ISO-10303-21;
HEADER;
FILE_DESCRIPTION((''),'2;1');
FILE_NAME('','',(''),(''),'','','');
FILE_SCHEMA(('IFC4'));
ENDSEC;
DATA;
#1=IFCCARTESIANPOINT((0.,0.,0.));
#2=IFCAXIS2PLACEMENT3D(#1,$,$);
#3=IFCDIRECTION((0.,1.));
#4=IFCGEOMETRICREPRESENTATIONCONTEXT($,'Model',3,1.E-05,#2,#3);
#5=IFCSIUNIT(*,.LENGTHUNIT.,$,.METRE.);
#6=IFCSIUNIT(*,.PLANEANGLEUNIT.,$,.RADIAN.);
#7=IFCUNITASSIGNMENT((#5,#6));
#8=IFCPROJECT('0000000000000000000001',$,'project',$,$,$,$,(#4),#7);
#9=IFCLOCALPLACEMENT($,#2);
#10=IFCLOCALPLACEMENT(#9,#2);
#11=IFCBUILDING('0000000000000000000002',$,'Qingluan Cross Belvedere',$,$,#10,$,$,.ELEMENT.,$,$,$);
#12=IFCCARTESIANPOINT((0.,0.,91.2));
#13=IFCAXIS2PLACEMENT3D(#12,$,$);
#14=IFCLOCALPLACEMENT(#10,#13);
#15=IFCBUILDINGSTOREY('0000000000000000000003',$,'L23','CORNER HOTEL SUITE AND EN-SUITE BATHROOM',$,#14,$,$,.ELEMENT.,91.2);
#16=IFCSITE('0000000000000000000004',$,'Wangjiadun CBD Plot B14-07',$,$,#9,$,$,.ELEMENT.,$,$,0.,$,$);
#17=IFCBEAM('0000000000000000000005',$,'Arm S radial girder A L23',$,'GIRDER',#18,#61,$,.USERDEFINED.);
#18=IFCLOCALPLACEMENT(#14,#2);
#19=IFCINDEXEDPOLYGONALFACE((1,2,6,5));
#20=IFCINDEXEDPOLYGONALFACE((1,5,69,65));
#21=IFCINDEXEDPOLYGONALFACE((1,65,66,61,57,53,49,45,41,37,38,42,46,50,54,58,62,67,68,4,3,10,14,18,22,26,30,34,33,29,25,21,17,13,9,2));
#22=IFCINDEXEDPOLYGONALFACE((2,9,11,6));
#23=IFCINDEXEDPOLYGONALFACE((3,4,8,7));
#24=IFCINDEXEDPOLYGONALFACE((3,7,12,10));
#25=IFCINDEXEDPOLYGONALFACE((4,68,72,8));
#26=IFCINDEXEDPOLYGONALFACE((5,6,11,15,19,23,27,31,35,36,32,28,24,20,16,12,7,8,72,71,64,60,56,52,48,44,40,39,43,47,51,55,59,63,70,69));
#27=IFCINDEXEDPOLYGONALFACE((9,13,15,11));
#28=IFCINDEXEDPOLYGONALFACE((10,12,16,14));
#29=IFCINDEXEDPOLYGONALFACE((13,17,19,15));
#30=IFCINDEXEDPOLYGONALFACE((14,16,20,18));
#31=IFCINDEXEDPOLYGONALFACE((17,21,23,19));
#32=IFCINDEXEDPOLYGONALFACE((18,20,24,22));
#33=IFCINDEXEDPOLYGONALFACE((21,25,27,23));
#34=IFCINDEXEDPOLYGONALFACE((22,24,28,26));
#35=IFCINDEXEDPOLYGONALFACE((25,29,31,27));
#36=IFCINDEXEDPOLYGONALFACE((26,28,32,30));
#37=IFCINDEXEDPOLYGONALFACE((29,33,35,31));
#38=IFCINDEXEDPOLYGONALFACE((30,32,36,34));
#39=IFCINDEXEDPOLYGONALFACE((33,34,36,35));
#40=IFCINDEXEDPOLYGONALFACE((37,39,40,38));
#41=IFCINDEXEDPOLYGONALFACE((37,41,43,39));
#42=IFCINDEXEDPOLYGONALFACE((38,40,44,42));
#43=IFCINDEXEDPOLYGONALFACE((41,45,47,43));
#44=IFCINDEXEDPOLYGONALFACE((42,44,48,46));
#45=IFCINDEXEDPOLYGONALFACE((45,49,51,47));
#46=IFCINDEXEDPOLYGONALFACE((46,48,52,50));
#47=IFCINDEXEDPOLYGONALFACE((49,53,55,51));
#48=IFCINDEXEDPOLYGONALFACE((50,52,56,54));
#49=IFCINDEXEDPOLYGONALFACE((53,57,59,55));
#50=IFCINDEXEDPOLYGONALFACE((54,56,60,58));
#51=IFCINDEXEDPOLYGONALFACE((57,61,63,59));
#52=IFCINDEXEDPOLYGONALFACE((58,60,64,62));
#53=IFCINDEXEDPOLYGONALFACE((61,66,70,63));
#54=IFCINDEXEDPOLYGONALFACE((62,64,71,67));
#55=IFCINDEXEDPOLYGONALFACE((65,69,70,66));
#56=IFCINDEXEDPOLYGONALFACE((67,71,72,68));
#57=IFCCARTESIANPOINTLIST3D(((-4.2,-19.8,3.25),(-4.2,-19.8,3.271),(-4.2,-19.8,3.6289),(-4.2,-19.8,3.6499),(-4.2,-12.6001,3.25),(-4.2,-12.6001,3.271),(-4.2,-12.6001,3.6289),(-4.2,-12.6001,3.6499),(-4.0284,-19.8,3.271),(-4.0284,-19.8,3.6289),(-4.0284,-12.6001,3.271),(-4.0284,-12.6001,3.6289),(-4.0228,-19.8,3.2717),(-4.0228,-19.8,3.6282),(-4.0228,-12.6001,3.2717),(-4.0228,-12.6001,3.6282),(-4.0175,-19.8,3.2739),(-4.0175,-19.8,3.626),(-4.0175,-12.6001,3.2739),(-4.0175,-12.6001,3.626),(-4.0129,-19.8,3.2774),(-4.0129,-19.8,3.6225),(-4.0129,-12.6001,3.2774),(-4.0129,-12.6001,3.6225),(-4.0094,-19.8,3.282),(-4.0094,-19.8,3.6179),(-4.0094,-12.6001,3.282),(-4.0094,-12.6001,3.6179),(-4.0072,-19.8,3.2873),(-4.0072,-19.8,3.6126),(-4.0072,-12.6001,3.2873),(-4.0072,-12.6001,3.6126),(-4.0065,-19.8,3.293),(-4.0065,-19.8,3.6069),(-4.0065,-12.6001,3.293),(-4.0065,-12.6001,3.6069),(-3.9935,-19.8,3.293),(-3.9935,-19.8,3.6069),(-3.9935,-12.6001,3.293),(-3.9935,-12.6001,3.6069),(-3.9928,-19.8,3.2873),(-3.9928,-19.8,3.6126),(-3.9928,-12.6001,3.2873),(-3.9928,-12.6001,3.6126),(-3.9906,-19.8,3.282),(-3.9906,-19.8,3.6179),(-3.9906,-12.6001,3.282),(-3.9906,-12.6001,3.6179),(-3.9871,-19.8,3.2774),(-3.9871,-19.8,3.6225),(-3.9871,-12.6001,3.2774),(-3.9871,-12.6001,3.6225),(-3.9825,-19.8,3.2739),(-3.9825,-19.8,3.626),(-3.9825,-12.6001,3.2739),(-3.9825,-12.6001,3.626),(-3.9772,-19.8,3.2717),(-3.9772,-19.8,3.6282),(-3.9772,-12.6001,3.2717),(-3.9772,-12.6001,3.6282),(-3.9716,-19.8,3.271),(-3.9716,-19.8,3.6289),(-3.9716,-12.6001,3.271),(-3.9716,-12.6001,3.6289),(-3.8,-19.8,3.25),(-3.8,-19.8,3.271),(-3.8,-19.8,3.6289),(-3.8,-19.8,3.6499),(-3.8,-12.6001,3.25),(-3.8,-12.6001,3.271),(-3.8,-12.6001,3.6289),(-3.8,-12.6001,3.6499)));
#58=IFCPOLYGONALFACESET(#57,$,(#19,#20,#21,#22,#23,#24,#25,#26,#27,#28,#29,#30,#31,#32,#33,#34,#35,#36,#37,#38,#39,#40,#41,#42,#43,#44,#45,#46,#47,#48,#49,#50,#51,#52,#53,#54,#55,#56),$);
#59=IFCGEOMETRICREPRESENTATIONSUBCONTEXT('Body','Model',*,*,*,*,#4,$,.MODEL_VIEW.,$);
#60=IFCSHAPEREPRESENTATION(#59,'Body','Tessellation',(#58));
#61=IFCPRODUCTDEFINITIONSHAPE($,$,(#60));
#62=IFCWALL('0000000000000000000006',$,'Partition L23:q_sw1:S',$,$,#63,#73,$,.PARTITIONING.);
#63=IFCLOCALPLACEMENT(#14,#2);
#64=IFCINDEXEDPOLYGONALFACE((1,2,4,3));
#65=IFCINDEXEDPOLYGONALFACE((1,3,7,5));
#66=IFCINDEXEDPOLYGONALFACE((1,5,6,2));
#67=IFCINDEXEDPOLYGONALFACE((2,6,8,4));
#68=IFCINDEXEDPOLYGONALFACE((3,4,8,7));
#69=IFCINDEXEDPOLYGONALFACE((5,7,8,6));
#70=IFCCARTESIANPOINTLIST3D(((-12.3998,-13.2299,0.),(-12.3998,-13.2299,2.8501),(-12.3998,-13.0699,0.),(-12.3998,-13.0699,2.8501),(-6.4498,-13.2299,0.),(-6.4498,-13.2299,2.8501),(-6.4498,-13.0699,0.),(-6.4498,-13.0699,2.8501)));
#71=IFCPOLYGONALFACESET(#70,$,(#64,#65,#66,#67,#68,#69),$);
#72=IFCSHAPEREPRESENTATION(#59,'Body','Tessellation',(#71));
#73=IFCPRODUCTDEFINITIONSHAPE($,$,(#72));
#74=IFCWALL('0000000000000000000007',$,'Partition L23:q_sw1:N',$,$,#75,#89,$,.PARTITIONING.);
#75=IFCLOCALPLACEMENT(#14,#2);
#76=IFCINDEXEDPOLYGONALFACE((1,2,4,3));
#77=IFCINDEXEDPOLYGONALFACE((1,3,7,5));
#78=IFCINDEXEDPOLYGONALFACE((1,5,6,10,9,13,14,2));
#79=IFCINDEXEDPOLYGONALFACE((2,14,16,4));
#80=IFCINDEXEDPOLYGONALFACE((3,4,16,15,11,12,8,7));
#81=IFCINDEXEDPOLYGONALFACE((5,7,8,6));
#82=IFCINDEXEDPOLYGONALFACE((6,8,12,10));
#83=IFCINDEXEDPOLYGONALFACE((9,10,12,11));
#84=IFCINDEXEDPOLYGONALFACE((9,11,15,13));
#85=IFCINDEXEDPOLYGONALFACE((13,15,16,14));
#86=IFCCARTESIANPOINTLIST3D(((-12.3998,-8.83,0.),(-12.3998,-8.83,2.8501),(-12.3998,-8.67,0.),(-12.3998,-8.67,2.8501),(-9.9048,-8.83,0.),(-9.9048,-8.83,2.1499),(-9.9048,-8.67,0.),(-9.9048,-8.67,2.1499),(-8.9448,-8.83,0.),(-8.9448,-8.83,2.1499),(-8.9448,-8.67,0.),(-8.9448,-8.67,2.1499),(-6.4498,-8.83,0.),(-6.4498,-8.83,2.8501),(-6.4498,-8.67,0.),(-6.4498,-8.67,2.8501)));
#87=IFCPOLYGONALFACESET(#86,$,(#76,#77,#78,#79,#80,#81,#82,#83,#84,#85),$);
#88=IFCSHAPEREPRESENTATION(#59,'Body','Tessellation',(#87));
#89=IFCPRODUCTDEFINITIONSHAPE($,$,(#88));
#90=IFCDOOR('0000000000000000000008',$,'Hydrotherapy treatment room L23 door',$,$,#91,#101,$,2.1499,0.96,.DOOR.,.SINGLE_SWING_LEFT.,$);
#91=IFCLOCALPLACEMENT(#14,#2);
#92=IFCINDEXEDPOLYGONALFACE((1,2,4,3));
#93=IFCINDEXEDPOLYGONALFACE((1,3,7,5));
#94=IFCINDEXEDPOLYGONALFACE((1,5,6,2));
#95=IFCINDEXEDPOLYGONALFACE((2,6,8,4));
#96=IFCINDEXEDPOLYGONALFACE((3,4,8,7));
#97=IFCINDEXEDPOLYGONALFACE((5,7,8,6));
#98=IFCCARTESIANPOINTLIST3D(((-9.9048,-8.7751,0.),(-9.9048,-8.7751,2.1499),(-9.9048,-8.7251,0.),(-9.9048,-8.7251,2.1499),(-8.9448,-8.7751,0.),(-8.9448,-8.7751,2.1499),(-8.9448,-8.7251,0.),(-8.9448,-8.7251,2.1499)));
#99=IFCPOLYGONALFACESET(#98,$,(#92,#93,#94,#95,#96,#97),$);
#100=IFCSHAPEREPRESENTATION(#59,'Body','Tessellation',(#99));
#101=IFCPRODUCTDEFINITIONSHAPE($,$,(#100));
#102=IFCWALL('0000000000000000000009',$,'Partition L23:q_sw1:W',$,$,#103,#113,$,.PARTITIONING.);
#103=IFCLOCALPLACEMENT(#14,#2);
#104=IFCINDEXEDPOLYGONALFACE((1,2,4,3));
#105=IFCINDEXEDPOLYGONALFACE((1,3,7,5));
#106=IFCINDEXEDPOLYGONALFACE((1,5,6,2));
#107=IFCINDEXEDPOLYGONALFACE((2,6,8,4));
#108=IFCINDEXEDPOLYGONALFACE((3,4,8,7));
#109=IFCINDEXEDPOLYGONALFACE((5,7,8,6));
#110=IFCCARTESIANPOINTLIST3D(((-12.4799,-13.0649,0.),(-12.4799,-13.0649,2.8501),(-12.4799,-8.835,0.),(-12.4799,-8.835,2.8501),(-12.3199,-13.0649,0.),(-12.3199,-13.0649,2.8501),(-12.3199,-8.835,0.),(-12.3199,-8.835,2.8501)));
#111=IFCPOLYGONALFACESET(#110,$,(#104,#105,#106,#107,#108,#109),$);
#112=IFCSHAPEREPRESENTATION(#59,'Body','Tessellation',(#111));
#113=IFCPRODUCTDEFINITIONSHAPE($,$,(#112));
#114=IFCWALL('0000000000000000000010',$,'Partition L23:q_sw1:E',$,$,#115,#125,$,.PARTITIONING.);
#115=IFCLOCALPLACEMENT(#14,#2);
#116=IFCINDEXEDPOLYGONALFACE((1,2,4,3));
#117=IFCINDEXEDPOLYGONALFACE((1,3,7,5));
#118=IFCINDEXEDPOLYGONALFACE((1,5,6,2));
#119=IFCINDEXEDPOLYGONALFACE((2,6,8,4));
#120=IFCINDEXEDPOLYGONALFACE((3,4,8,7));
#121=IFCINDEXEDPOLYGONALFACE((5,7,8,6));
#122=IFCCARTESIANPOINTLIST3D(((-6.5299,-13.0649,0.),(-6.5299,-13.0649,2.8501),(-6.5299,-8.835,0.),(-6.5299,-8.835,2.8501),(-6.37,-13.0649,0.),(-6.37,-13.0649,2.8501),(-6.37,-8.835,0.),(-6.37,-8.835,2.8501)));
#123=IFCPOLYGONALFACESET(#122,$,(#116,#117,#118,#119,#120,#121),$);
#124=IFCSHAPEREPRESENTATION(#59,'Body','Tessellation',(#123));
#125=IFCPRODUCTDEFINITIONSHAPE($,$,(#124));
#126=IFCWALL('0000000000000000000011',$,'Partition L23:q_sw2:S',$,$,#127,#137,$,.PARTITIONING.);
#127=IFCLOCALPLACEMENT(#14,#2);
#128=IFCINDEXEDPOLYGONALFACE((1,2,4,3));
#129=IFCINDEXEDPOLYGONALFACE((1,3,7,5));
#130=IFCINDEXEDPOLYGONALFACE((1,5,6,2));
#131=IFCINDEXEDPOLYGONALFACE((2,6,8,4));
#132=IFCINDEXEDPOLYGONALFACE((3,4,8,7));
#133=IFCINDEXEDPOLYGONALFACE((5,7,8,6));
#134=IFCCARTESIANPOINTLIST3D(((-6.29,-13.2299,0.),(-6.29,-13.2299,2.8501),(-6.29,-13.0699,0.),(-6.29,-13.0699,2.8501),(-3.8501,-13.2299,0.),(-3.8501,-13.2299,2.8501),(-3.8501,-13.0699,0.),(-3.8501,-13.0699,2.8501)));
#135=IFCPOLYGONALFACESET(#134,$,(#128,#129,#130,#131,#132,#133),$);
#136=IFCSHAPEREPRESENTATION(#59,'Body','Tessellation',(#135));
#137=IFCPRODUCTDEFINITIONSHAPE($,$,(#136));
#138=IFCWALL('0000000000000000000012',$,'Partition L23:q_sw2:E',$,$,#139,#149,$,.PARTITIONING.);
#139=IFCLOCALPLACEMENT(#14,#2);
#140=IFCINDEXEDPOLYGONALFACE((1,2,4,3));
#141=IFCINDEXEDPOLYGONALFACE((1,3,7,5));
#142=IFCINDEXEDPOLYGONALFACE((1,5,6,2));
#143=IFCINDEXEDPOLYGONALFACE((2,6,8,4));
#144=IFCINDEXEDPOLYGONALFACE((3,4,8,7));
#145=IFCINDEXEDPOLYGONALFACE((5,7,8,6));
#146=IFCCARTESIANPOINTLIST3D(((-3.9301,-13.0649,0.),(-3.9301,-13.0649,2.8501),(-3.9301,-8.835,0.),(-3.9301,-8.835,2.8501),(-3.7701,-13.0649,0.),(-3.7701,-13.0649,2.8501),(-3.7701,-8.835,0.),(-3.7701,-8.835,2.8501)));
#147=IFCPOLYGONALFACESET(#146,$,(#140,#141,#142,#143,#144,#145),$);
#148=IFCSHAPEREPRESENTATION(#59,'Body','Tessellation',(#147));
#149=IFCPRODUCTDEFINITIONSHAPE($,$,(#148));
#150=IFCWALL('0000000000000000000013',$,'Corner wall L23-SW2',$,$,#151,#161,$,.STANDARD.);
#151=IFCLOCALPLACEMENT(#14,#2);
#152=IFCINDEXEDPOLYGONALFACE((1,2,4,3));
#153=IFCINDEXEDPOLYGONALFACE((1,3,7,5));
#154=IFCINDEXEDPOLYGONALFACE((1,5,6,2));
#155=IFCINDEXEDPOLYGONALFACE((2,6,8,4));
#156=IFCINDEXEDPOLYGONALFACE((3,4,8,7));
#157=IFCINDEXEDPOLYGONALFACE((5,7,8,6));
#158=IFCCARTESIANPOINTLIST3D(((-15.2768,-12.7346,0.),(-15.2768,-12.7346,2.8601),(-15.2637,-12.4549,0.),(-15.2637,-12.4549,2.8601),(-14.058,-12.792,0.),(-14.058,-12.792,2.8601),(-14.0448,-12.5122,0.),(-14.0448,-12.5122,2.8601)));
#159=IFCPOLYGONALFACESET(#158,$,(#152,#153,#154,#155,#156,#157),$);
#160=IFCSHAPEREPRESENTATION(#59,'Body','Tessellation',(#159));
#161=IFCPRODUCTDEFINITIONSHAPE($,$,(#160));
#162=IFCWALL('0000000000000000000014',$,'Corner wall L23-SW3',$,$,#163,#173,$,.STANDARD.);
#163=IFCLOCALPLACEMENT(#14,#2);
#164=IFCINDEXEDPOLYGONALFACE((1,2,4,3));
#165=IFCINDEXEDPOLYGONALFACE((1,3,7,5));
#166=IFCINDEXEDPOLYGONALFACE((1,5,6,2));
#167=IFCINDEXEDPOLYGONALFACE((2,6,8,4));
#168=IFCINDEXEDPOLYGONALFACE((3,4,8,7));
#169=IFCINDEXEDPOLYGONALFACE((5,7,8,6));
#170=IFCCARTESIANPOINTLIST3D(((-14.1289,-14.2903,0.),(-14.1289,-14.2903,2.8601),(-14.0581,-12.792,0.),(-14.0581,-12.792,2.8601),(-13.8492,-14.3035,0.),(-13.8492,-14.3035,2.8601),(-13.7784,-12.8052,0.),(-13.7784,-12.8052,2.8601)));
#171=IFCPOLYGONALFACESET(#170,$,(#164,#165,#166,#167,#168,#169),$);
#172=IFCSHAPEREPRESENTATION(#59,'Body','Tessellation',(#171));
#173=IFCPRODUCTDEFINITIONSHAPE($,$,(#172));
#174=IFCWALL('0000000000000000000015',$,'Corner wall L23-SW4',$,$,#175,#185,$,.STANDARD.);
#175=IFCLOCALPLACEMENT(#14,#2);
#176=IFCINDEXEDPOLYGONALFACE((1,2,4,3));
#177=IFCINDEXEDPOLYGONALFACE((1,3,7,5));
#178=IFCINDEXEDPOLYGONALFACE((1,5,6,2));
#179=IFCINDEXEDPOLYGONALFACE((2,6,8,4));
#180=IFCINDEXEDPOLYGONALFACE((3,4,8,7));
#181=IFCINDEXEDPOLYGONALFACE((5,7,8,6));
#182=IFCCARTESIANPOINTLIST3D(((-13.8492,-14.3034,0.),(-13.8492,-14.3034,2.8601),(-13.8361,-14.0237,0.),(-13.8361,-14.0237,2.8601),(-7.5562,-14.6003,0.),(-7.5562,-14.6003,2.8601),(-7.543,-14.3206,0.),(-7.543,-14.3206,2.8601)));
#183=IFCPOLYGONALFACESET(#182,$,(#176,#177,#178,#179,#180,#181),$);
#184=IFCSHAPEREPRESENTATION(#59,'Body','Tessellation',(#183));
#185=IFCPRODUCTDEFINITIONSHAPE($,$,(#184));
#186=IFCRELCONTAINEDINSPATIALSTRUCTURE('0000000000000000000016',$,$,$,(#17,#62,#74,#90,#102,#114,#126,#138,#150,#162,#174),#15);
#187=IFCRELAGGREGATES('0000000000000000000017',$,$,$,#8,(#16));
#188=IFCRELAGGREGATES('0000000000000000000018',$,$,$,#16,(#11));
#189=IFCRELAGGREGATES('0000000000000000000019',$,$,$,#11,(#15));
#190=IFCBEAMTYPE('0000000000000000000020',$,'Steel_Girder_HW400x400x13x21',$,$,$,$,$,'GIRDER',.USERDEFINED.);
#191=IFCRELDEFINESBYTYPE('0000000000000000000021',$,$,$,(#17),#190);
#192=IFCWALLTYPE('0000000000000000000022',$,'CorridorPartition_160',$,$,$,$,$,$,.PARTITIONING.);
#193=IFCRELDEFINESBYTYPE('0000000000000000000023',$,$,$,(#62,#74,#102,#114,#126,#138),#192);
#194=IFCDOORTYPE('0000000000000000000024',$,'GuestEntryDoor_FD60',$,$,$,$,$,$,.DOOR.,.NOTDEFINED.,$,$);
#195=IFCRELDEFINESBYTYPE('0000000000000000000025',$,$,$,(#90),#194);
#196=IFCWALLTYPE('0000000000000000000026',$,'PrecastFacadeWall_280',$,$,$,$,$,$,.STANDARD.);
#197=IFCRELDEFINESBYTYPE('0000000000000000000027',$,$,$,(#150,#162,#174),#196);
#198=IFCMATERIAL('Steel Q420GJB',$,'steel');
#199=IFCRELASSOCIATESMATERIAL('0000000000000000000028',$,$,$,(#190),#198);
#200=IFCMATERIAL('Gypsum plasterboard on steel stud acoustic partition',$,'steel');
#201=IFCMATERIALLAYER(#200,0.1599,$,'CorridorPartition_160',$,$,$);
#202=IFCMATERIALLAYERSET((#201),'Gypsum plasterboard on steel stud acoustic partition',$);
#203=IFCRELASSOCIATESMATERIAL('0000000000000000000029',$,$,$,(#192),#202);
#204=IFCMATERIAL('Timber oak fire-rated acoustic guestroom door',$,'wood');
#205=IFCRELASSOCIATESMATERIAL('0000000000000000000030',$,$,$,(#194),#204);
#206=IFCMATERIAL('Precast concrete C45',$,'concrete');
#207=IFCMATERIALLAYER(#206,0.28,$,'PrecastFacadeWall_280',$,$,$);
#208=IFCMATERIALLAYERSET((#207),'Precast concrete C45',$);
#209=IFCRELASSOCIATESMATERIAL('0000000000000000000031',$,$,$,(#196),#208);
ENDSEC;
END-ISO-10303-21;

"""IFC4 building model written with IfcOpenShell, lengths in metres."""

from ifc_helpers import new_model, si_unit, direction, frame, frame_2d, origin, origin_2d, place, context, subcontext, project, spatial, rectangle, i_section, extrude, material, layer, layer_set, material_profile, profile_set, type_object, element, fill, save


model = new_model("IFC4")

# Units and contexts
model_context = context("Model", 3, precision=1e-05, world=origin(), true_north=direction((0.0, 1.0)))
body_context = subcontext(model_context, "Body", "Model", "MODEL_VIEW")
ifc_project = project(units=[si_unit("LENGTHUNIT", "METRE"), si_unit("PLANEANGLEUNIT", "RADIAN")], contexts=[model_context])

# Site, building, storey
site_placement = place(None, origin())
site = spatial("IfcSite", under=ifc_project, at=site_placement, Name="Wangjiadun CBD Plot B14-07", CompositionType="ELEMENT", RefElevation=0.0)
building_placement = place(site_placement, origin())
building = spatial("IfcBuilding", under=site, at=building_placement, Name="Qingluan Cross Belvedere", CompositionType="ELEMENT")
storey_placement = place(building_placement, frame((0.0, 0.0, 91.2)))
storey = spatial("IfcBuildingStorey", under=building, at=storey_placement, Name="L23", Description="CORNER HOTEL SUITE AND EN-SUITE BATHROOM", CompositionType="ELEMENT", Elevation=91.2)

# Beam
ifc_material_1 = material(Name="Steel Q420GJB", Category="steel")
ifc_material_profile_1 = material_profile(ifc_material_1, i_section(OverallWidth=0.3999, OverallDepth=0.3999, WebThickness=0.0129, FlangeThickness=0.021, FilletRadius=0.022, at=origin_2d()), Name="HW400x400x13x21")
ifc_profile_set_1 = profile_set([ifc_material_profile_1], Name="Steel Q420GJB")
beam_type_1 = type_object("IfcBeamType", Name="Steel_Girder_HW400x400x13x21", ElementType="GIRDER", PredefinedType="USERDEFINED", material=ifc_profile_set_1)
beam_1_placement = place(storey_placement, frame((-4.0, -12.6001, 3.45), z_axis=(0.0, -1.0, 0.0), x_axis=(1.0, 0.0, 0.0)))
element("IfcBeam", 1, at=beam_1_placement, inside=storey, type_object=beam_type_1, Name="Arm S radial girder A L23", ObjectType="GIRDER", PredefinedType="USERDEFINED", context=body_context, shape_type="SweptSolid", body=[
    extrude(i_section(OverallWidth=0.3999, OverallDepth=0.3999, WebThickness=0.0129, FlangeThickness=0.021, FilletRadius=0.022, at=origin_2d()), origin(), (0.0, 0.0, 1.0), 7.2),
])

# Wall
ifc_material_2 = material(Name="Gypsum plasterboard on steel stud acoustic partition", Category="steel")
ifc_layer_1 = layer(ifc_material_2, 0.1599, Name="CorridorPartition_160")
ifc_layer_set_1 = layer_set([ifc_layer_1], Name="Gypsum plasterboard on steel stud acoustic partition")
wall_type_1 = type_object("IfcWallType", Name="CorridorPartition_160", PredefinedType="PARTITIONING", material=ifc_layer_set_1)
wall_1_placement = place(storey_placement, frame((-12.3999, -13.1499, 0.0), z_axis=(0.0, 0.0, 1.0), x_axis=(1.0, 0.0, 0.0)))
element("IfcWall", 2, at=wall_1_placement, inside=storey, type_object=wall_type_1, Name="Partition L23:q_sw1:S", PredefinedType="PARTITIONING", context=body_context, shape_type="SweptSolid", body=[
    extrude(rectangle(XDim=5.95, YDim=0.1599, at=frame_2d((2.9751, 0.0))), origin(), (0.0, 0.0, 1.0), 2.8501),
])

# Wall, opening, door
wall_2_placement = place(storey_placement, frame((-12.3999, -8.75, 0.0), z_axis=(0.0, 0.0, 1.0), x_axis=(1.0, 0.0, 0.0)))
wall_2 = element("IfcWall", 3, at=wall_2_placement, inside=storey, type_object=wall_type_1, Name="Partition L23:q_sw1:N", PredefinedType="PARTITIONING", context=body_context, shape_type="SweptSolid", body=[
    extrude(rectangle(XDim=5.95, YDim=0.1599, at=frame_2d((2.9751, 0.0))), origin(), (0.0, 0.0, 1.0), 2.8501),
])
opening_placement = place(wall_2_placement, frame((2.4951, 0.0, 0.0)))
opening = element("IfcOpeningElement", 4, at=opening_placement, cuts=wall_2, PredefinedType="OPENING", context=body_context, shape_type="SweptSolid", body=[
    extrude(rectangle(XDim=0.96, YDim=2.1499, at=frame_2d((0.48, 1.075))), frame((0.0, 0.0898, 0.0), z_axis=(0.0, -1.0, 0.0), x_axis=(1.0, 0.0, 0.0)), (0.0, 0.0, 1.0), 0.1799),
])
ifc_material_3 = material(Name="Timber oak fire-rated acoustic guestroom door", Category="wood")
door_type = type_object("IfcDoorType", Name="GuestEntryDoor_FD60", OperationType="NOTDEFINED", PredefinedType="DOOR", material=ifc_material_3)
door_placement = place(opening_placement, origin())
door = element("IfcDoor", 5, at=door_placement, inside=storey, type_object=door_type, Name="Hydrotherapy treatment room L23 door", OperationType="SINGLE_SWING_LEFT", OverallHeight=2.1499, OverallWidth=0.96, PredefinedType="DOOR", context=body_context, shape_type="SweptSolid", body=[
    extrude(rectangle(XDim=0.96, YDim=2.1499, at=frame_2d((0.48, 1.075))), frame((0.0, 0.0249, 0.0), z_axis=(0.0, -1.0, 0.0), x_axis=(1.0, 0.0, 0.0)), (0.0, 0.0, 1.0), 0.05),
])
fill(opening, door)

# Walls
for number, where, z_axis, x_axis, name in (
    (6, (-12.3999, -13.0649, 0.0), (0.0, 0.0, 1.0), (0.0, 1.0, 0.0), "Partition L23:q_sw1:W"),
    (7, (-6.45, -13.0649, 0.0), (0.0, 0.0, 1.0), (0.0, 1.0, 0.0), "Partition L23:q_sw1:E"),
):
    element("IfcWall", number, at=place(storey_placement, frame(where, z_axis=z_axis, x_axis=x_axis)), inside=storey, type_object=wall_type_1, Name=name, PredefinedType="PARTITIONING", context=body_context, shape_type="SweptSolid", body=[
        extrude(rectangle(XDim=4.23, YDim=0.1599, at=frame_2d((2.115, 0.0))), origin(), (0.0, 0.0, 1.0), 2.8501),
    ])
wall_3_placement = place(storey_placement, frame((-6.29, -13.1499, 0.0), z_axis=(0.0, 0.0, 1.0), x_axis=(1.0, 0.0, 0.0)))
element("IfcWall", 8, at=wall_3_placement, inside=storey, type_object=wall_type_1, Name="Partition L23:q_sw2:S", PredefinedType="PARTITIONING", context=body_context, shape_type="SweptSolid", body=[
    extrude(rectangle(XDim=2.4399, YDim=0.1599, at=frame_2d((1.22, 0.0))), origin(), (0.0, 0.0, 1.0), 2.8501),
])
wall_4_placement = place(storey_placement, frame((-3.8501, -13.0649, 0.0), z_axis=(0.0, 0.0, 1.0), x_axis=(0.0, 1.0, 0.0)))
element("IfcWall", 9, at=wall_4_placement, inside=storey, type_object=wall_type_1, Name="Partition L23:q_sw2:E", PredefinedType="PARTITIONING", context=body_context, shape_type="SweptSolid", body=[
    extrude(rectangle(XDim=4.23, YDim=0.1599, at=frame_2d((2.115, 0.0))), origin(), (0.0, 0.0, 1.0), 2.8501),
])
ifc_material_4 = material(Name="Precast concrete C45", Category="concrete")
ifc_layer_2 = layer(ifc_material_4, 0.28, Name="PrecastFacadeWall_280")
ifc_layer_set_2 = layer_set([ifc_layer_2], Name="Precast concrete C45")
wall_type_2 = type_object("IfcWallType", Name="PrecastFacadeWall_280", PredefinedType="STANDARD", material=ifc_layer_set_2)
wall_5_placement = place(storey_placement, frame((-15.2703, -12.5947, 0.0), z_axis=(0.0, 0.0, 1.0), x_axis=(0.998894, -0.047023, 0.0)))
element("IfcWall", 10, at=wall_5_placement, inside=storey, type_object=wall_type_2, Name="Corner wall L23-SW2", PredefinedType="STANDARD", context=body_context, shape_type="SweptSolid", body=[
    extrude(rectangle(XDim=1.2202, YDim=0.28, at=frame_2d((0.6101, 0.0))), origin(), (0.0, 0.0, 1.0), 2.8601),
])
wall_6_placement = place(storey_placement, frame((-13.9182, -12.7986, 0.0), z_axis=(0.0, 0.0, 1.0), x_axis=(-0.047202, -0.998885, 0.0)))
element("IfcWall", 11, at=wall_6_placement, inside=storey, type_object=wall_type_2, Name="Corner wall L23-SW3", PredefinedType="STANDARD", context=body_context, shape_type="SweptSolid", body=[
    extrude(rectangle(XDim=1.5, YDim=0.28, at=frame_2d((0.75, 0.0))), origin(), (0.0, 0.0, 1.0), 2.8601),
])
wall_7_placement = place(storey_placement, frame((-13.8425, -14.1636, 0.0), z_axis=(0.0, 0.0, 1.0), x_axis=(0.998889, -0.047123, 0.0)))
element("IfcWall", 12, at=wall_7_placement, inside=storey, type_object=wall_type_2, Name="Corner wall L23-SW4", PredefinedType="STANDARD", context=body_context, shape_type="SweptSolid", body=[
    extrude(rectangle(XDim=6.3, YDim=0.28, at=frame_2d((3.1499, 0.0))), origin(), (0.0, 0.0, 1.0), 2.8601),
])

save(model, "model.ifc")
